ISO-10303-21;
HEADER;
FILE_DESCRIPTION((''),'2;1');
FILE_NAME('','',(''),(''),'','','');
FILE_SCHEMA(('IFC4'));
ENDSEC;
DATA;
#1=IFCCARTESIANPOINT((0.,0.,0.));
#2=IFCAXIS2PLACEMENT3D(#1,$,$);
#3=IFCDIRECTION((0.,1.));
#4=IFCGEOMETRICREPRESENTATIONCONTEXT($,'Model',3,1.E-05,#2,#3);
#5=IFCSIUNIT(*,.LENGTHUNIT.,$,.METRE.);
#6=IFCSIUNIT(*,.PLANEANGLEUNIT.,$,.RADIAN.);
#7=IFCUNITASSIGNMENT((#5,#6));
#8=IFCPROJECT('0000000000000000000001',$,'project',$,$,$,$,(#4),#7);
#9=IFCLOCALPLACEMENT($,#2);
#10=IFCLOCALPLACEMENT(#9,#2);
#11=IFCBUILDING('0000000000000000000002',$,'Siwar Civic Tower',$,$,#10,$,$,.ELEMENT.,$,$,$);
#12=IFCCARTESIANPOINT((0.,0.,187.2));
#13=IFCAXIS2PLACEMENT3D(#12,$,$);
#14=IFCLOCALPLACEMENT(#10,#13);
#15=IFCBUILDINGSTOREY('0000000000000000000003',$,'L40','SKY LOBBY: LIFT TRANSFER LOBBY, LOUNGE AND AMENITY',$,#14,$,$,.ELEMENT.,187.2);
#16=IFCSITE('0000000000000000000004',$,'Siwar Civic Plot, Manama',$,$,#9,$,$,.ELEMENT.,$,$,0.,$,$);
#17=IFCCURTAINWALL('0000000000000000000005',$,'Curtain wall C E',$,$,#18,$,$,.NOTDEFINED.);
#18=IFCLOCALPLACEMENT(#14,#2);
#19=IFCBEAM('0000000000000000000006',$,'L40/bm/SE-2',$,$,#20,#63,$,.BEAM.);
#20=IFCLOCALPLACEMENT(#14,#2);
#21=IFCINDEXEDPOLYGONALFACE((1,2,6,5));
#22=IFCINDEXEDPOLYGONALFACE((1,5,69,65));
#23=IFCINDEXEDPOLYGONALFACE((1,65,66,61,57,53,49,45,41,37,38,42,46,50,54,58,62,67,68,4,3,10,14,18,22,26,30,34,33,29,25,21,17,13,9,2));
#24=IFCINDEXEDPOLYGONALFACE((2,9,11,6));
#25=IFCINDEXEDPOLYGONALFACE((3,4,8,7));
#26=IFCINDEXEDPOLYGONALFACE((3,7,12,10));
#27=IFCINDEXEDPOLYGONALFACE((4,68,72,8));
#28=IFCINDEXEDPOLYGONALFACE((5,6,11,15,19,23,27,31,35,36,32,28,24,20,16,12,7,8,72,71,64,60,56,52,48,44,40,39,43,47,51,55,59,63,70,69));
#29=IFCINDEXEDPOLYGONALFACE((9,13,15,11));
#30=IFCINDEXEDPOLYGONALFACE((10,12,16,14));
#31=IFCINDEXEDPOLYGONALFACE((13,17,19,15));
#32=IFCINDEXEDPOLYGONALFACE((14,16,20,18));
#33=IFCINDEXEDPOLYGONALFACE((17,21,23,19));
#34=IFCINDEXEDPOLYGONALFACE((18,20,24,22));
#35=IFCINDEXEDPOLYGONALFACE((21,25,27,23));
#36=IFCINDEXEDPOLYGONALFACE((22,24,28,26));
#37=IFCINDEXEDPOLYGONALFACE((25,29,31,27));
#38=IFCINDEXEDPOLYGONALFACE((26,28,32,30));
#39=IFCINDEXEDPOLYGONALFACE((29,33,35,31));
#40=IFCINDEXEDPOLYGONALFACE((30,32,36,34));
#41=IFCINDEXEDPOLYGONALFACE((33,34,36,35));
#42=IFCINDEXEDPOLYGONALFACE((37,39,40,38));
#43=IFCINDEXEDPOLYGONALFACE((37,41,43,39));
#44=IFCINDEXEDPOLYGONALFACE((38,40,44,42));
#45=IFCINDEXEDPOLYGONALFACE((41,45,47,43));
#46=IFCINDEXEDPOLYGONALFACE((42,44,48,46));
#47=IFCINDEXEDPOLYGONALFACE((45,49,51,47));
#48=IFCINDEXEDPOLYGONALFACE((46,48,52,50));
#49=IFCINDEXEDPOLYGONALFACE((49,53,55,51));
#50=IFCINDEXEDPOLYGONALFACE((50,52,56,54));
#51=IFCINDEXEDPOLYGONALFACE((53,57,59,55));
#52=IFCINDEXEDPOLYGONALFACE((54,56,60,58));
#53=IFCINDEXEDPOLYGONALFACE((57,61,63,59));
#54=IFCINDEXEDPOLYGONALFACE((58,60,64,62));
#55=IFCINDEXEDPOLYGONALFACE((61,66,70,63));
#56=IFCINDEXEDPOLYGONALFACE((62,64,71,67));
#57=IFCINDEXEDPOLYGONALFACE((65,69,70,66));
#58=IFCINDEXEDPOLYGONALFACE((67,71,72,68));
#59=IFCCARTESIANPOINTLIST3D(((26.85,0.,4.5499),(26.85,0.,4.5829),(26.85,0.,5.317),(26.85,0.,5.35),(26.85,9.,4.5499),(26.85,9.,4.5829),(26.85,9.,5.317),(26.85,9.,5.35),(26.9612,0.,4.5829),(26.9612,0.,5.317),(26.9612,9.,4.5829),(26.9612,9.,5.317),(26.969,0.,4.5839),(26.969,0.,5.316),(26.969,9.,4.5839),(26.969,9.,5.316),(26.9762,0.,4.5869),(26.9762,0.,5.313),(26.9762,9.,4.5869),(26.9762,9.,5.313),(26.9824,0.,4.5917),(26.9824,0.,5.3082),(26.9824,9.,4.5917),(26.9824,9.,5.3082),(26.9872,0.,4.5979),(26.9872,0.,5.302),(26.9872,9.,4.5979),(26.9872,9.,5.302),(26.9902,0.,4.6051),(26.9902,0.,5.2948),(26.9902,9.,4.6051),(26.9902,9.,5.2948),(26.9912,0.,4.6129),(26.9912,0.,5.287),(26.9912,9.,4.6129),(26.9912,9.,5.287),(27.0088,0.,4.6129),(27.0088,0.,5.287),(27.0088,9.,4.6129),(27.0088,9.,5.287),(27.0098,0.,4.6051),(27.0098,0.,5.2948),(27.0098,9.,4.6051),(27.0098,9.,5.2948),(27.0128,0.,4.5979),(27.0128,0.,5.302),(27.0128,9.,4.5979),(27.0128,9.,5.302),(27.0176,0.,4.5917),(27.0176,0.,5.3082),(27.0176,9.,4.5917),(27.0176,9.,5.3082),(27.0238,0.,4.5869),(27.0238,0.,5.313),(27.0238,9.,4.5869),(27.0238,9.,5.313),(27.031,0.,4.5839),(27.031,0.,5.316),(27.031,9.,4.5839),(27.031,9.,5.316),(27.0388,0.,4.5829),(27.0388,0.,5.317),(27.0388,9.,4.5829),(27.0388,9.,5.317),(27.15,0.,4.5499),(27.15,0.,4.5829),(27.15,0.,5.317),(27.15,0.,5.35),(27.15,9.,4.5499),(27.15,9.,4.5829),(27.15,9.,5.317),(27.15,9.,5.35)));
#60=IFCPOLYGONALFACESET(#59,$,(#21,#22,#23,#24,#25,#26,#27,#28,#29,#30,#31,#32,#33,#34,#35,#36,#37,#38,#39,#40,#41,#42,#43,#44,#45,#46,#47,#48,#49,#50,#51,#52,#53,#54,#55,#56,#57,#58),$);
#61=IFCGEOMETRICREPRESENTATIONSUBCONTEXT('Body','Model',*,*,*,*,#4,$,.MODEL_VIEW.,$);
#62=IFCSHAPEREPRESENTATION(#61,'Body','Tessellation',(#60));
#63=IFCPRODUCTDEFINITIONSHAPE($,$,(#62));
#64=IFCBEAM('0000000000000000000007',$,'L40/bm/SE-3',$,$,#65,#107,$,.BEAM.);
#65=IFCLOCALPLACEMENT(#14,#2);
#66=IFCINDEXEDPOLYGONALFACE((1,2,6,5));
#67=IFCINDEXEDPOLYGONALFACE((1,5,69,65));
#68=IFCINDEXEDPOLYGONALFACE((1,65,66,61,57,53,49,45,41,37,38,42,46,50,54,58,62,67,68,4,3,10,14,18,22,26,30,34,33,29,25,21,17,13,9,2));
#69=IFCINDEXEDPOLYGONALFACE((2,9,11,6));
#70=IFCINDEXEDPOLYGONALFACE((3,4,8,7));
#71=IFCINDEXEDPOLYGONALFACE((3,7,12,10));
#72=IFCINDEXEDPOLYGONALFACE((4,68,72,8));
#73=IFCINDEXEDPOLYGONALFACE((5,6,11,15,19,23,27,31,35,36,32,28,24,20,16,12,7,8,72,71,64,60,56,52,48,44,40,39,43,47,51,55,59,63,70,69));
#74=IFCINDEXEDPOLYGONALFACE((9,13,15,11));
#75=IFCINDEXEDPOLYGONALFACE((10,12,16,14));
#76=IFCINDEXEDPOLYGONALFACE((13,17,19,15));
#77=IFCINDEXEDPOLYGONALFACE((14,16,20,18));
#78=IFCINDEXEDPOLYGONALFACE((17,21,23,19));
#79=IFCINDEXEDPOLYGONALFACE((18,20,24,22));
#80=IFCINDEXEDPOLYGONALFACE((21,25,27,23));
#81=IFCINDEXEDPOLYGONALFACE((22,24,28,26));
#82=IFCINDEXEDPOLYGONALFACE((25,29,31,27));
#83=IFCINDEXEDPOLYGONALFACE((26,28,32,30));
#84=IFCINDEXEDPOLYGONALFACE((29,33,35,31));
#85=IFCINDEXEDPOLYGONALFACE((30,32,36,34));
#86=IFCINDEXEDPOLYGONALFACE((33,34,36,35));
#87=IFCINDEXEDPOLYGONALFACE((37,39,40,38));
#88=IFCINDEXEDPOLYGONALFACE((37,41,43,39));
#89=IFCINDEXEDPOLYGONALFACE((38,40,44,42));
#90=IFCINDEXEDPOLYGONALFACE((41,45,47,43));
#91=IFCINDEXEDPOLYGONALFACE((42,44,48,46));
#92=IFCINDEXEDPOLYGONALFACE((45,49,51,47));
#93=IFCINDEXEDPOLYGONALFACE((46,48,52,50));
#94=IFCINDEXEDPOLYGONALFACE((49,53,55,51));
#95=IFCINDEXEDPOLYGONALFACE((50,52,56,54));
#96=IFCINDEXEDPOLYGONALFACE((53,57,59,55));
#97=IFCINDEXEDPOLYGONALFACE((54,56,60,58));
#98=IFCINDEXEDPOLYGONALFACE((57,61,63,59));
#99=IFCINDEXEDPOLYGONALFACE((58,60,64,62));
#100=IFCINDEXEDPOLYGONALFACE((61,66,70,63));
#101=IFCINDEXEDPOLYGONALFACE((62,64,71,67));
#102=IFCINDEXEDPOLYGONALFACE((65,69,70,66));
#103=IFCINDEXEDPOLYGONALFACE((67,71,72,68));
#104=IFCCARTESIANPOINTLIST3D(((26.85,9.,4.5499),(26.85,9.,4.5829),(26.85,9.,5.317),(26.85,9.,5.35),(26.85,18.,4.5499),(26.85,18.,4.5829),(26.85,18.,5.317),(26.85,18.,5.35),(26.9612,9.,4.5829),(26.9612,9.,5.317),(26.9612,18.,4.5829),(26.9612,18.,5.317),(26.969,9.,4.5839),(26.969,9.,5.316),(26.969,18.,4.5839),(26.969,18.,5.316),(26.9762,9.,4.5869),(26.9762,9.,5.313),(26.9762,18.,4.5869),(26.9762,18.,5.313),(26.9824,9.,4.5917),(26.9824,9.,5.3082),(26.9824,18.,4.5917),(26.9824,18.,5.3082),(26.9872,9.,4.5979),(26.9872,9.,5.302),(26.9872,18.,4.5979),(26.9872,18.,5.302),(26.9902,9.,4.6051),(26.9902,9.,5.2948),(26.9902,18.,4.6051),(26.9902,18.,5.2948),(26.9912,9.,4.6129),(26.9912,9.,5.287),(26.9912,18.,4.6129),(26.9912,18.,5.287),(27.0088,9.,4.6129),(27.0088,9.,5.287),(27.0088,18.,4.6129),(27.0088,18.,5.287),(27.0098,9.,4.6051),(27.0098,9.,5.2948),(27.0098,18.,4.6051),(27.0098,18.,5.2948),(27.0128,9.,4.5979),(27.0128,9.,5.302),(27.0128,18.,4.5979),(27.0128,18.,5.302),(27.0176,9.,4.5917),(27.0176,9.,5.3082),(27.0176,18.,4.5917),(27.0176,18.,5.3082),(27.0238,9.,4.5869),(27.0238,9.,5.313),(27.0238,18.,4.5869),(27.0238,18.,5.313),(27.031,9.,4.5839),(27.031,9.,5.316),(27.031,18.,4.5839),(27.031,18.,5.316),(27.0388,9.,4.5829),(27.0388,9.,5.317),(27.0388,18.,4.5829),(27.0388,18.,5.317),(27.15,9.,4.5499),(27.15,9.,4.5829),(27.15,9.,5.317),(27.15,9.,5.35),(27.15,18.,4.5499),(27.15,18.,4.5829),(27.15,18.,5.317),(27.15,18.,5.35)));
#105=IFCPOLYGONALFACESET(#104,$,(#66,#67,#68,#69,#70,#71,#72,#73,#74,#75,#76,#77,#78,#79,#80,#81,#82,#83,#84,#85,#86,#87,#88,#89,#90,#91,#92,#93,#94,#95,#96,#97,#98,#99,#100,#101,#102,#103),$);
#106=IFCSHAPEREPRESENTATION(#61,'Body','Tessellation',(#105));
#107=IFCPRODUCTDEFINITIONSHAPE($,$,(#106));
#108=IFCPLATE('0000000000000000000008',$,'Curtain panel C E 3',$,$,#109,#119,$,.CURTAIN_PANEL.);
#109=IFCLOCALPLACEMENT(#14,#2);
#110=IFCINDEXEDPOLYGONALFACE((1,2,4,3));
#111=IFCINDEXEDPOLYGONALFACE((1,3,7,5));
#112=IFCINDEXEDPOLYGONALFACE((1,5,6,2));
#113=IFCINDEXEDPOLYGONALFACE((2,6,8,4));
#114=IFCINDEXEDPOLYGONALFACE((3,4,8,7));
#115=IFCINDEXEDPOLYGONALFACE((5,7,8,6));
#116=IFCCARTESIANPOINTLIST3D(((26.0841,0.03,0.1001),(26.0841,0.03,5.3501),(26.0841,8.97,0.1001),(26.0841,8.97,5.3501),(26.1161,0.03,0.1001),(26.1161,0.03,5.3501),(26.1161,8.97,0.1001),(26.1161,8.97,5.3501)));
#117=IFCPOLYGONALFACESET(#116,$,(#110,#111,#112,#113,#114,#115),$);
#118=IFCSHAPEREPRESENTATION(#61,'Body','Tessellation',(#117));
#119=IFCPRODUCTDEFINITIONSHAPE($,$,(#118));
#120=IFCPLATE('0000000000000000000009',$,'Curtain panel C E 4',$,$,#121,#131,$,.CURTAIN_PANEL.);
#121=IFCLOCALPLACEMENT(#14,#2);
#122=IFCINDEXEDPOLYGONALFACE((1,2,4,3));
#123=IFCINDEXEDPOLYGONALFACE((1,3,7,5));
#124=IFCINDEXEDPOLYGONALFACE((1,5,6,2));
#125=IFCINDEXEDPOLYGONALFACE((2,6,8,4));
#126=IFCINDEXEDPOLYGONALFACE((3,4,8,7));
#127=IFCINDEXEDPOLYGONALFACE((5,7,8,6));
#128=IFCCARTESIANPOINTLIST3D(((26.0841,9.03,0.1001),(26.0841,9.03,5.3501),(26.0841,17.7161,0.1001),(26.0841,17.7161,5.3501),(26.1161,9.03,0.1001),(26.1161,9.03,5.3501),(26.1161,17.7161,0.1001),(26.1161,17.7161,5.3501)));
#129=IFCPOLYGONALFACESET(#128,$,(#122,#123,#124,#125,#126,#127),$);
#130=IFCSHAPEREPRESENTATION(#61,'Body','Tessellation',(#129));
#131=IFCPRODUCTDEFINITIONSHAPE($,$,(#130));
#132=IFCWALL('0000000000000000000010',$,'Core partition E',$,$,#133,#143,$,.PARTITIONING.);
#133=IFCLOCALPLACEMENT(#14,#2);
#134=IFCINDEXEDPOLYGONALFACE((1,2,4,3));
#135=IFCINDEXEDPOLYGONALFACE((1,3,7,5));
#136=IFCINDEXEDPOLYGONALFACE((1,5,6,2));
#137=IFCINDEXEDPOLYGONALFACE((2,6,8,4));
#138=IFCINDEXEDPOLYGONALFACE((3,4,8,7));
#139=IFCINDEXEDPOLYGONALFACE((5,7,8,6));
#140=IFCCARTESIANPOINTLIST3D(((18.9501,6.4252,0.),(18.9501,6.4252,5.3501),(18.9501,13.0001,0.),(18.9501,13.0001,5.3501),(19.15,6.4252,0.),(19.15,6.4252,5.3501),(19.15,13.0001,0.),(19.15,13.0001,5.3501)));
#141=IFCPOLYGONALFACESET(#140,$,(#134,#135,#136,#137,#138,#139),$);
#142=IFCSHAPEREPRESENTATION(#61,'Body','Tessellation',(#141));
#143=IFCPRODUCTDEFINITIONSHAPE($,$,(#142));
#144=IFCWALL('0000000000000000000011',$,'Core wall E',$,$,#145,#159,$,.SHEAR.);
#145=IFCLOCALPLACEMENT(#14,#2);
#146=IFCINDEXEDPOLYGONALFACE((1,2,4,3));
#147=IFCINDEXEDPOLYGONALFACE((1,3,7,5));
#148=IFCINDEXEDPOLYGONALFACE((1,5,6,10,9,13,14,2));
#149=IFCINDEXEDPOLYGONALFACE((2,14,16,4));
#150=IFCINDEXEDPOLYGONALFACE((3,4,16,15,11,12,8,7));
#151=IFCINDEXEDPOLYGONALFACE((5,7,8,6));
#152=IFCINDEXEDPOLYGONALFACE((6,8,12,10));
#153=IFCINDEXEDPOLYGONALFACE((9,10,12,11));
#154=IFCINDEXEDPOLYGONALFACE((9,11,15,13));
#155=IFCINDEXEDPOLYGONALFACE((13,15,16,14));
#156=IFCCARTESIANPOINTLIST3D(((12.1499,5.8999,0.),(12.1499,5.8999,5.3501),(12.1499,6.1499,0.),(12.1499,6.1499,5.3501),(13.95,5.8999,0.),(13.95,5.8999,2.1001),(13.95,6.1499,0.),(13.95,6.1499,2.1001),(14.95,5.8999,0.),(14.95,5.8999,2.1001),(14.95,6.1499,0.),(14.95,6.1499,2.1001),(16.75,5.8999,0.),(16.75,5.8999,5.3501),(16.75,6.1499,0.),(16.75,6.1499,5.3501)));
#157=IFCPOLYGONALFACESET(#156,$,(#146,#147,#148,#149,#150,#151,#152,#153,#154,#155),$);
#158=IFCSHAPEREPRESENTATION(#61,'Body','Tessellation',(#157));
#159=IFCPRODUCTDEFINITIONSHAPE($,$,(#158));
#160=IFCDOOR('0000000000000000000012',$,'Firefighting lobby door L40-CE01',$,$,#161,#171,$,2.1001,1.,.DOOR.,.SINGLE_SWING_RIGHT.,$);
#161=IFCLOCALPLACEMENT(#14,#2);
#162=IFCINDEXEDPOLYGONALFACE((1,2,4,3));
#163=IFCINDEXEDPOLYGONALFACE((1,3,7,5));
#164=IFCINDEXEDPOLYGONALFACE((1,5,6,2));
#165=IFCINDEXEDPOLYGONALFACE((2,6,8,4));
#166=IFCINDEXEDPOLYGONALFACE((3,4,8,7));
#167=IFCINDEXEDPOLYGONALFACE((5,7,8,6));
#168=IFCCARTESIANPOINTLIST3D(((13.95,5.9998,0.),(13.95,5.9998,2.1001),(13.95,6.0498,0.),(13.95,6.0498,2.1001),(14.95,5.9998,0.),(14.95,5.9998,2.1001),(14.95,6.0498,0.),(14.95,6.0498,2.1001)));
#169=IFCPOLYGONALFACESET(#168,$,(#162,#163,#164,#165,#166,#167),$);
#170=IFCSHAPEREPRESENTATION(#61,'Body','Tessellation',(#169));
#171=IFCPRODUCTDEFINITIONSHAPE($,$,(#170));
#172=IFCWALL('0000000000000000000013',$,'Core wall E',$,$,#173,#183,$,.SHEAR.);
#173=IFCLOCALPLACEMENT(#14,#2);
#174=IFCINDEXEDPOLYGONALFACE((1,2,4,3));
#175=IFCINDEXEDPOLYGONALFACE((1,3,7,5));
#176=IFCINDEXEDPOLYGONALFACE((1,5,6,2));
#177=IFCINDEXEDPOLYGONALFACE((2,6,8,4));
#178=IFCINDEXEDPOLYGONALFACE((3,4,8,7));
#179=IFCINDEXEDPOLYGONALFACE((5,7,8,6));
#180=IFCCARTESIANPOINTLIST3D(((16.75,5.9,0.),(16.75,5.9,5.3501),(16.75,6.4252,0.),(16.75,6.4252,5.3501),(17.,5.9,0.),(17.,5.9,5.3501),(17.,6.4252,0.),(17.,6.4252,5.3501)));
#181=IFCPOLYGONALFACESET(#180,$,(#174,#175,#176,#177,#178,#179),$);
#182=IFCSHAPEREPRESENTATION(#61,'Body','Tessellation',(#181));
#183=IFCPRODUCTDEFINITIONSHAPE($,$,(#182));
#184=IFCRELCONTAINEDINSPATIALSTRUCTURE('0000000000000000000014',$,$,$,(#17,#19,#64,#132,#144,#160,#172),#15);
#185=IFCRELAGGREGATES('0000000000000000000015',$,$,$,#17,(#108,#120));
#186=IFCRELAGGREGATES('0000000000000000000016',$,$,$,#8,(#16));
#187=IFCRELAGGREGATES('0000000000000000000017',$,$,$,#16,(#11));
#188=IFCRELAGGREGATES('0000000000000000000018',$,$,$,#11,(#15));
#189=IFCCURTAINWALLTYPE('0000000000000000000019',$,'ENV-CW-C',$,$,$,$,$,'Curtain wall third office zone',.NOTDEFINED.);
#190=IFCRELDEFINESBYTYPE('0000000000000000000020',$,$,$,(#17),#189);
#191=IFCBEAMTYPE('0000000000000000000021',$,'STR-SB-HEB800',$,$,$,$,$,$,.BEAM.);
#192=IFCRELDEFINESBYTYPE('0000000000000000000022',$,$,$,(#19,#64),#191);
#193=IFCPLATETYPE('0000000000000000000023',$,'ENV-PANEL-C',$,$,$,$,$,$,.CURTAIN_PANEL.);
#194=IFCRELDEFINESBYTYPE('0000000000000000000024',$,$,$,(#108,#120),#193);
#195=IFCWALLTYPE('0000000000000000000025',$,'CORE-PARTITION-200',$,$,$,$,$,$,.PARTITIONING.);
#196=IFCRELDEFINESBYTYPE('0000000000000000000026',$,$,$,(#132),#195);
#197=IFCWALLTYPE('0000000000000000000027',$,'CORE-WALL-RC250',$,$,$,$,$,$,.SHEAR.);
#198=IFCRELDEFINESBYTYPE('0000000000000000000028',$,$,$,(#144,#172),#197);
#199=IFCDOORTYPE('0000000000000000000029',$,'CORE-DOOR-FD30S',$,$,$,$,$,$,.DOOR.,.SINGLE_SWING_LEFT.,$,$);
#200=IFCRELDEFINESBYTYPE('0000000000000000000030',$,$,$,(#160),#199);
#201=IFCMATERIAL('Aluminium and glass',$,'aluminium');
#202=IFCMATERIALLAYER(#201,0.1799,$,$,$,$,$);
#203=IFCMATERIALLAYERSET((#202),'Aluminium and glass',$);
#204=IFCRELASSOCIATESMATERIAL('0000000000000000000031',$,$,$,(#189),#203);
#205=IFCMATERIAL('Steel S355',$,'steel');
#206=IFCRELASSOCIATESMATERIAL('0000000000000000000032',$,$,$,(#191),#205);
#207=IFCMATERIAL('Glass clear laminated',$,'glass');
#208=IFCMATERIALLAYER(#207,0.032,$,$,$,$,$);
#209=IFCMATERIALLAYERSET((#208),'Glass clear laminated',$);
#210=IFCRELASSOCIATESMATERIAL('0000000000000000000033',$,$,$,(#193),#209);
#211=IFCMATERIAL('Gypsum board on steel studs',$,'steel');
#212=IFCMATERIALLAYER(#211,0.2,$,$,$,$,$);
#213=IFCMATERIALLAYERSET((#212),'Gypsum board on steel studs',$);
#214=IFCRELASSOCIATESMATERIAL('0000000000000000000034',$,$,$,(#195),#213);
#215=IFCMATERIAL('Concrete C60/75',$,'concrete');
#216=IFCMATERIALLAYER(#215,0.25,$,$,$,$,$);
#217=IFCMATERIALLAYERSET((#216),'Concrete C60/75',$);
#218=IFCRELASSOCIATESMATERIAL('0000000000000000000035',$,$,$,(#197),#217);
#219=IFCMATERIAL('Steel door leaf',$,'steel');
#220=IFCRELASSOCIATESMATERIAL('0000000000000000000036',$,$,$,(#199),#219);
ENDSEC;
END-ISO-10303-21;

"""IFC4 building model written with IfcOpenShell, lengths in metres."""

from ifc_helpers import new_model, si_unit, direction, frame, frame_2d, origin, origin_2d, place, context, subcontext, project, spatial, rectangle, i_section, extrude, material, layer, layer_set, material_profile, profile_set, type_object, element, fill, aggregate, save


model = new_model("IFC4")

# Units and contexts
model_context = context("Model", 3, precision=1e-05, world=origin(), true_north=direction((0.0, 1.0)))
body_context = subcontext(model_context, "Body", "Model", "MODEL_VIEW")
ifc_project = project(units=[si_unit("LENGTHUNIT", "METRE"), si_unit("PLANEANGLEUNIT", "RADIAN")], contexts=[model_context])

# Site, building, storey
site_placement = place(None, origin())
site = spatial("IfcSite", under=ifc_project, at=site_placement, Name="Siwar Civic Plot, Manama", CompositionType="ELEMENT", RefElevation=0.0)
building_placement = place(site_placement, origin())
building = spatial("IfcBuilding", under=site, at=building_placement, Name="Siwar Civic Tower", CompositionType="ELEMENT")
storey_placement = place(building_placement, frame((0.0, 0.0, 187.2)))
storey = spatial("IfcBuildingStorey", under=building, at=storey_placement, Name="L40", Description="SKY LOBBY: LIFT TRANSFER LOBBY, LOUNGE AND AMENITY", CompositionType="ELEMENT", Elevation=187.2)

# Curtain wall
ifc_material_1 = material(Name="Aluminium and glass", Category="aluminium")
ifc_layer_1 = layer(ifc_material_1, 0.1799)
ifc_layer_set_1 = layer_set([ifc_layer_1], Name="Aluminium and glass")
curtain_wall_type = type_object("IfcCurtainWallType", Name="ENV-CW-C", ElementType="Curtain wall third office zone", PredefinedType="NOTDEFINED", material=ifc_layer_set_1)
curtain_wall_placement = place(storey_placement, origin())
curtain_wall = element("IfcCurtainWall", 1, at=curtain_wall_placement, inside=storey, type_object=curtain_wall_type, Name="Curtain wall C E", PredefinedType="NOTDEFINED")

# Beams
ifc_material_2 = material(Name="Steel S355", Category="steel")
ifc_material_profile_1 = material_profile(ifc_material_2, i_section(OverallWidth=0.3, OverallDepth=0.8, WebThickness=0.0176, FlangeThickness=0.033, FilletRadius=0.03, at=origin_2d()), Name="HEB800")
ifc_profile_set_1 = profile_set([ifc_material_profile_1], Name="Steel S355")
beam_type_1 = type_object("IfcBeamType", Name="STR-SB-HEB800", PredefinedType="BEAM", material=ifc_profile_set_1)
for number, where, z_axis, x_axis, name in (
    (2, (27.0, 0.0, 4.95), (0.0, 1.0, 0.0), (-1.0, 0.0, 0.0), "L40/bm/SE-2"),
    (3, (27.0, 9.0, 4.95), (0.0, 1.0, 0.0), (-1.0, 0.0, 0.0), "L40/bm/SE-3"),
):
    element("IfcBeam", number, at=place(storey_placement, frame(where, z_axis=z_axis, x_axis=x_axis)), inside=storey, type_object=beam_type_1, Name=name, PredefinedType="BEAM", context=body_context, shape_type="SweptSolid", body=[
        extrude(i_section(OverallWidth=0.3, OverallDepth=0.8, WebThickness=0.0176, FlangeThickness=0.033, FilletRadius=0.03, at=origin_2d()), origin(), (0.0, 0.0, 1.0), 9.0),
    ])

# Plates
ifc_material_3 = material(Name="Glass clear laminated", Category="glass")
ifc_layer_2 = layer(ifc_material_3, 0.032)
ifc_layer_set_2 = layer_set([ifc_layer_2], Name="Glass clear laminated")
plate_type = type_object("IfcPlateType", Name="ENV-PANEL-C", PredefinedType="CURTAIN_PANEL", material=ifc_layer_set_2)
plate_1_placement = place(storey_placement, frame((26.1001, 4.5, 0.1001), z_axis=(0.0, 0.0, 1.0), x_axis=(0.0, 1.0, 0.0)))
plate_1 = element("IfcPlate", 4, at=plate_1_placement, type_object=plate_type, Name="Curtain panel C E 3", PredefinedType="CURTAIN_PANEL", context=body_context, shape_type="SweptSolid", body=[
    extrude(rectangle(XDim=8.9399, YDim=0.032, at=origin_2d()), origin(), (0.0, 0.0, 1.0), 5.25),
])
plate_2_placement = place(storey_placement, frame((26.1001, 13.373, 0.1001), z_axis=(0.0, 0.0, 1.0), x_axis=(0.0, 1.0, 0.0)))
plate_2 = element("IfcPlate", 5, at=plate_2_placement, type_object=plate_type, Name="Curtain panel C E 4", PredefinedType="CURTAIN_PANEL", context=body_context, shape_type="SweptSolid", body=[
    extrude(rectangle(XDim=8.686, YDim=0.032, at=origin_2d()), origin(), (0.0, 0.0, 1.0), 5.25),
])
aggregate(curtain_wall, [plate_1, plate_2])

# Wall
ifc_material_4 = material(Name="Gypsum board on steel studs", Category="steel")
ifc_layer_3 = layer(ifc_material_4, 0.2)
ifc_layer_set_3 = layer_set([ifc_layer_3], Name="Gypsum board on steel studs")
wall_type_1 = type_object("IfcWallType", Name="CORE-PARTITION-200", PredefinedType="PARTITIONING", material=ifc_layer_set_3)
wall_1_placement = place(storey_placement, frame((19.05, 6.425, 0.0), z_axis=(0.0, 0.0, 1.0), x_axis=(0.0, 1.0, 0.0)))
element("IfcWall", 6, at=wall_1_placement, inside=storey, type_object=wall_type_1, Name="Core partition E", PredefinedType="PARTITIONING", context=body_context, shape_type="SweptSolid", body=[
    extrude(rectangle(XDim=6.575, YDim=0.2, at=frame_2d((3.2876, 0.0))), origin(), (0.0, 0.0, 1.0), 5.3501),
])

# Wall, opening, door
ifc_material_5 = material(Name="Concrete C60/75", Category="concrete")
ifc_layer_4 = layer(ifc_material_5, 0.25)
ifc_layer_set_4 = layer_set([ifc_layer_4], Name="Concrete C60/75")
wall_type_2 = type_object("IfcWallType", Name="CORE-WALL-RC250", PredefinedType="SHEAR", material=ifc_layer_set_4)
wall_2_placement = place(storey_placement, frame((12.1499, 6.0249, 0.0), z_axis=(0.0, 0.0, 1.0), x_axis=(1.0, 0.0, 0.0)))
wall_2 = element("IfcWall", 7, at=wall_2_placement, inside=storey, type_object=wall_type_2, Name="Core wall E", PredefinedType="SHEAR", context=body_context, shape_type="SweptSolid", body=[
    extrude(rectangle(XDim=4.6001, YDim=0.25, at=frame_2d((2.3, 0.0))), origin(), (0.0, 0.0, 1.0), 5.3501),
])
opening_1_placement = place(wall_2_placement, frame((1.8, 0.0, 0.0)))
opening_1 = element("IfcOpeningElement", 8, at=opening_1_placement, cuts=wall_2, PredefinedType="OPENING", context=body_context, shape_type="SweptSolid", body=[
    extrude(rectangle(XDim=1.0, YDim=2.1001, at=frame_2d((0.5, 1.05))), frame((0.0, 0.135, 0.0), z_axis=(0.0, -1.0, 0.0), x_axis=(1.0, 0.0, 0.0)), (0.0, 0.0, 1.0), 0.27),
])
ifc_material_6 = material(Name="Steel door leaf", Category="steel")
door_type_1 = type_object("IfcDoorType", Name="CORE-DOOR-FD30S", OperationType="SINGLE_SWING_LEFT", PredefinedType="DOOR", material=ifc_material_6)
door_1_placement = place(opening_1_placement, origin())
door_1 = element("IfcDoor", 9, at=door_1_placement, inside=storey, type_object=door_type_1, Name="Firefighting lobby door L40-CE01", OperationType="SINGLE_SWING_RIGHT", OverallHeight=2.1001, OverallWidth=1.0, PredefinedType="DOOR", context=body_context, shape_type="SweptSolid", body=[
    extrude(rectangle(XDim=1.0, YDim=2.1001, at=frame_2d((0.5, 1.05))), frame((0.0, 0.0249, 0.0), z_axis=(0.0, -1.0, 0.0), x_axis=(1.0, 0.0, 0.0)), (0.0, 0.0, 1.0), 0.05),
])
fill(opening_1, door_1)

# Wall
wall_3_placement = place(storey_placement, frame((16.875, 5.8999, 0.0), z_axis=(0.0, 0.0, 1.0), x_axis=(0.0, 1.0, 0.0)))
element("IfcWall", 10, at=wall_3_placement, inside=storey, type_object=wall_type_2, Name="Core wall E", PredefinedType="SHEAR", context=body_context, shape_type="SweptSolid", body=[
    extrude(rectangle(XDim=0.5251, YDim=0.25, at=frame_2d((0.2627, 0.0))), origin(), (0.0, 0.0, 1.0), 5.3501),
])

save(model, "model.ifc")
